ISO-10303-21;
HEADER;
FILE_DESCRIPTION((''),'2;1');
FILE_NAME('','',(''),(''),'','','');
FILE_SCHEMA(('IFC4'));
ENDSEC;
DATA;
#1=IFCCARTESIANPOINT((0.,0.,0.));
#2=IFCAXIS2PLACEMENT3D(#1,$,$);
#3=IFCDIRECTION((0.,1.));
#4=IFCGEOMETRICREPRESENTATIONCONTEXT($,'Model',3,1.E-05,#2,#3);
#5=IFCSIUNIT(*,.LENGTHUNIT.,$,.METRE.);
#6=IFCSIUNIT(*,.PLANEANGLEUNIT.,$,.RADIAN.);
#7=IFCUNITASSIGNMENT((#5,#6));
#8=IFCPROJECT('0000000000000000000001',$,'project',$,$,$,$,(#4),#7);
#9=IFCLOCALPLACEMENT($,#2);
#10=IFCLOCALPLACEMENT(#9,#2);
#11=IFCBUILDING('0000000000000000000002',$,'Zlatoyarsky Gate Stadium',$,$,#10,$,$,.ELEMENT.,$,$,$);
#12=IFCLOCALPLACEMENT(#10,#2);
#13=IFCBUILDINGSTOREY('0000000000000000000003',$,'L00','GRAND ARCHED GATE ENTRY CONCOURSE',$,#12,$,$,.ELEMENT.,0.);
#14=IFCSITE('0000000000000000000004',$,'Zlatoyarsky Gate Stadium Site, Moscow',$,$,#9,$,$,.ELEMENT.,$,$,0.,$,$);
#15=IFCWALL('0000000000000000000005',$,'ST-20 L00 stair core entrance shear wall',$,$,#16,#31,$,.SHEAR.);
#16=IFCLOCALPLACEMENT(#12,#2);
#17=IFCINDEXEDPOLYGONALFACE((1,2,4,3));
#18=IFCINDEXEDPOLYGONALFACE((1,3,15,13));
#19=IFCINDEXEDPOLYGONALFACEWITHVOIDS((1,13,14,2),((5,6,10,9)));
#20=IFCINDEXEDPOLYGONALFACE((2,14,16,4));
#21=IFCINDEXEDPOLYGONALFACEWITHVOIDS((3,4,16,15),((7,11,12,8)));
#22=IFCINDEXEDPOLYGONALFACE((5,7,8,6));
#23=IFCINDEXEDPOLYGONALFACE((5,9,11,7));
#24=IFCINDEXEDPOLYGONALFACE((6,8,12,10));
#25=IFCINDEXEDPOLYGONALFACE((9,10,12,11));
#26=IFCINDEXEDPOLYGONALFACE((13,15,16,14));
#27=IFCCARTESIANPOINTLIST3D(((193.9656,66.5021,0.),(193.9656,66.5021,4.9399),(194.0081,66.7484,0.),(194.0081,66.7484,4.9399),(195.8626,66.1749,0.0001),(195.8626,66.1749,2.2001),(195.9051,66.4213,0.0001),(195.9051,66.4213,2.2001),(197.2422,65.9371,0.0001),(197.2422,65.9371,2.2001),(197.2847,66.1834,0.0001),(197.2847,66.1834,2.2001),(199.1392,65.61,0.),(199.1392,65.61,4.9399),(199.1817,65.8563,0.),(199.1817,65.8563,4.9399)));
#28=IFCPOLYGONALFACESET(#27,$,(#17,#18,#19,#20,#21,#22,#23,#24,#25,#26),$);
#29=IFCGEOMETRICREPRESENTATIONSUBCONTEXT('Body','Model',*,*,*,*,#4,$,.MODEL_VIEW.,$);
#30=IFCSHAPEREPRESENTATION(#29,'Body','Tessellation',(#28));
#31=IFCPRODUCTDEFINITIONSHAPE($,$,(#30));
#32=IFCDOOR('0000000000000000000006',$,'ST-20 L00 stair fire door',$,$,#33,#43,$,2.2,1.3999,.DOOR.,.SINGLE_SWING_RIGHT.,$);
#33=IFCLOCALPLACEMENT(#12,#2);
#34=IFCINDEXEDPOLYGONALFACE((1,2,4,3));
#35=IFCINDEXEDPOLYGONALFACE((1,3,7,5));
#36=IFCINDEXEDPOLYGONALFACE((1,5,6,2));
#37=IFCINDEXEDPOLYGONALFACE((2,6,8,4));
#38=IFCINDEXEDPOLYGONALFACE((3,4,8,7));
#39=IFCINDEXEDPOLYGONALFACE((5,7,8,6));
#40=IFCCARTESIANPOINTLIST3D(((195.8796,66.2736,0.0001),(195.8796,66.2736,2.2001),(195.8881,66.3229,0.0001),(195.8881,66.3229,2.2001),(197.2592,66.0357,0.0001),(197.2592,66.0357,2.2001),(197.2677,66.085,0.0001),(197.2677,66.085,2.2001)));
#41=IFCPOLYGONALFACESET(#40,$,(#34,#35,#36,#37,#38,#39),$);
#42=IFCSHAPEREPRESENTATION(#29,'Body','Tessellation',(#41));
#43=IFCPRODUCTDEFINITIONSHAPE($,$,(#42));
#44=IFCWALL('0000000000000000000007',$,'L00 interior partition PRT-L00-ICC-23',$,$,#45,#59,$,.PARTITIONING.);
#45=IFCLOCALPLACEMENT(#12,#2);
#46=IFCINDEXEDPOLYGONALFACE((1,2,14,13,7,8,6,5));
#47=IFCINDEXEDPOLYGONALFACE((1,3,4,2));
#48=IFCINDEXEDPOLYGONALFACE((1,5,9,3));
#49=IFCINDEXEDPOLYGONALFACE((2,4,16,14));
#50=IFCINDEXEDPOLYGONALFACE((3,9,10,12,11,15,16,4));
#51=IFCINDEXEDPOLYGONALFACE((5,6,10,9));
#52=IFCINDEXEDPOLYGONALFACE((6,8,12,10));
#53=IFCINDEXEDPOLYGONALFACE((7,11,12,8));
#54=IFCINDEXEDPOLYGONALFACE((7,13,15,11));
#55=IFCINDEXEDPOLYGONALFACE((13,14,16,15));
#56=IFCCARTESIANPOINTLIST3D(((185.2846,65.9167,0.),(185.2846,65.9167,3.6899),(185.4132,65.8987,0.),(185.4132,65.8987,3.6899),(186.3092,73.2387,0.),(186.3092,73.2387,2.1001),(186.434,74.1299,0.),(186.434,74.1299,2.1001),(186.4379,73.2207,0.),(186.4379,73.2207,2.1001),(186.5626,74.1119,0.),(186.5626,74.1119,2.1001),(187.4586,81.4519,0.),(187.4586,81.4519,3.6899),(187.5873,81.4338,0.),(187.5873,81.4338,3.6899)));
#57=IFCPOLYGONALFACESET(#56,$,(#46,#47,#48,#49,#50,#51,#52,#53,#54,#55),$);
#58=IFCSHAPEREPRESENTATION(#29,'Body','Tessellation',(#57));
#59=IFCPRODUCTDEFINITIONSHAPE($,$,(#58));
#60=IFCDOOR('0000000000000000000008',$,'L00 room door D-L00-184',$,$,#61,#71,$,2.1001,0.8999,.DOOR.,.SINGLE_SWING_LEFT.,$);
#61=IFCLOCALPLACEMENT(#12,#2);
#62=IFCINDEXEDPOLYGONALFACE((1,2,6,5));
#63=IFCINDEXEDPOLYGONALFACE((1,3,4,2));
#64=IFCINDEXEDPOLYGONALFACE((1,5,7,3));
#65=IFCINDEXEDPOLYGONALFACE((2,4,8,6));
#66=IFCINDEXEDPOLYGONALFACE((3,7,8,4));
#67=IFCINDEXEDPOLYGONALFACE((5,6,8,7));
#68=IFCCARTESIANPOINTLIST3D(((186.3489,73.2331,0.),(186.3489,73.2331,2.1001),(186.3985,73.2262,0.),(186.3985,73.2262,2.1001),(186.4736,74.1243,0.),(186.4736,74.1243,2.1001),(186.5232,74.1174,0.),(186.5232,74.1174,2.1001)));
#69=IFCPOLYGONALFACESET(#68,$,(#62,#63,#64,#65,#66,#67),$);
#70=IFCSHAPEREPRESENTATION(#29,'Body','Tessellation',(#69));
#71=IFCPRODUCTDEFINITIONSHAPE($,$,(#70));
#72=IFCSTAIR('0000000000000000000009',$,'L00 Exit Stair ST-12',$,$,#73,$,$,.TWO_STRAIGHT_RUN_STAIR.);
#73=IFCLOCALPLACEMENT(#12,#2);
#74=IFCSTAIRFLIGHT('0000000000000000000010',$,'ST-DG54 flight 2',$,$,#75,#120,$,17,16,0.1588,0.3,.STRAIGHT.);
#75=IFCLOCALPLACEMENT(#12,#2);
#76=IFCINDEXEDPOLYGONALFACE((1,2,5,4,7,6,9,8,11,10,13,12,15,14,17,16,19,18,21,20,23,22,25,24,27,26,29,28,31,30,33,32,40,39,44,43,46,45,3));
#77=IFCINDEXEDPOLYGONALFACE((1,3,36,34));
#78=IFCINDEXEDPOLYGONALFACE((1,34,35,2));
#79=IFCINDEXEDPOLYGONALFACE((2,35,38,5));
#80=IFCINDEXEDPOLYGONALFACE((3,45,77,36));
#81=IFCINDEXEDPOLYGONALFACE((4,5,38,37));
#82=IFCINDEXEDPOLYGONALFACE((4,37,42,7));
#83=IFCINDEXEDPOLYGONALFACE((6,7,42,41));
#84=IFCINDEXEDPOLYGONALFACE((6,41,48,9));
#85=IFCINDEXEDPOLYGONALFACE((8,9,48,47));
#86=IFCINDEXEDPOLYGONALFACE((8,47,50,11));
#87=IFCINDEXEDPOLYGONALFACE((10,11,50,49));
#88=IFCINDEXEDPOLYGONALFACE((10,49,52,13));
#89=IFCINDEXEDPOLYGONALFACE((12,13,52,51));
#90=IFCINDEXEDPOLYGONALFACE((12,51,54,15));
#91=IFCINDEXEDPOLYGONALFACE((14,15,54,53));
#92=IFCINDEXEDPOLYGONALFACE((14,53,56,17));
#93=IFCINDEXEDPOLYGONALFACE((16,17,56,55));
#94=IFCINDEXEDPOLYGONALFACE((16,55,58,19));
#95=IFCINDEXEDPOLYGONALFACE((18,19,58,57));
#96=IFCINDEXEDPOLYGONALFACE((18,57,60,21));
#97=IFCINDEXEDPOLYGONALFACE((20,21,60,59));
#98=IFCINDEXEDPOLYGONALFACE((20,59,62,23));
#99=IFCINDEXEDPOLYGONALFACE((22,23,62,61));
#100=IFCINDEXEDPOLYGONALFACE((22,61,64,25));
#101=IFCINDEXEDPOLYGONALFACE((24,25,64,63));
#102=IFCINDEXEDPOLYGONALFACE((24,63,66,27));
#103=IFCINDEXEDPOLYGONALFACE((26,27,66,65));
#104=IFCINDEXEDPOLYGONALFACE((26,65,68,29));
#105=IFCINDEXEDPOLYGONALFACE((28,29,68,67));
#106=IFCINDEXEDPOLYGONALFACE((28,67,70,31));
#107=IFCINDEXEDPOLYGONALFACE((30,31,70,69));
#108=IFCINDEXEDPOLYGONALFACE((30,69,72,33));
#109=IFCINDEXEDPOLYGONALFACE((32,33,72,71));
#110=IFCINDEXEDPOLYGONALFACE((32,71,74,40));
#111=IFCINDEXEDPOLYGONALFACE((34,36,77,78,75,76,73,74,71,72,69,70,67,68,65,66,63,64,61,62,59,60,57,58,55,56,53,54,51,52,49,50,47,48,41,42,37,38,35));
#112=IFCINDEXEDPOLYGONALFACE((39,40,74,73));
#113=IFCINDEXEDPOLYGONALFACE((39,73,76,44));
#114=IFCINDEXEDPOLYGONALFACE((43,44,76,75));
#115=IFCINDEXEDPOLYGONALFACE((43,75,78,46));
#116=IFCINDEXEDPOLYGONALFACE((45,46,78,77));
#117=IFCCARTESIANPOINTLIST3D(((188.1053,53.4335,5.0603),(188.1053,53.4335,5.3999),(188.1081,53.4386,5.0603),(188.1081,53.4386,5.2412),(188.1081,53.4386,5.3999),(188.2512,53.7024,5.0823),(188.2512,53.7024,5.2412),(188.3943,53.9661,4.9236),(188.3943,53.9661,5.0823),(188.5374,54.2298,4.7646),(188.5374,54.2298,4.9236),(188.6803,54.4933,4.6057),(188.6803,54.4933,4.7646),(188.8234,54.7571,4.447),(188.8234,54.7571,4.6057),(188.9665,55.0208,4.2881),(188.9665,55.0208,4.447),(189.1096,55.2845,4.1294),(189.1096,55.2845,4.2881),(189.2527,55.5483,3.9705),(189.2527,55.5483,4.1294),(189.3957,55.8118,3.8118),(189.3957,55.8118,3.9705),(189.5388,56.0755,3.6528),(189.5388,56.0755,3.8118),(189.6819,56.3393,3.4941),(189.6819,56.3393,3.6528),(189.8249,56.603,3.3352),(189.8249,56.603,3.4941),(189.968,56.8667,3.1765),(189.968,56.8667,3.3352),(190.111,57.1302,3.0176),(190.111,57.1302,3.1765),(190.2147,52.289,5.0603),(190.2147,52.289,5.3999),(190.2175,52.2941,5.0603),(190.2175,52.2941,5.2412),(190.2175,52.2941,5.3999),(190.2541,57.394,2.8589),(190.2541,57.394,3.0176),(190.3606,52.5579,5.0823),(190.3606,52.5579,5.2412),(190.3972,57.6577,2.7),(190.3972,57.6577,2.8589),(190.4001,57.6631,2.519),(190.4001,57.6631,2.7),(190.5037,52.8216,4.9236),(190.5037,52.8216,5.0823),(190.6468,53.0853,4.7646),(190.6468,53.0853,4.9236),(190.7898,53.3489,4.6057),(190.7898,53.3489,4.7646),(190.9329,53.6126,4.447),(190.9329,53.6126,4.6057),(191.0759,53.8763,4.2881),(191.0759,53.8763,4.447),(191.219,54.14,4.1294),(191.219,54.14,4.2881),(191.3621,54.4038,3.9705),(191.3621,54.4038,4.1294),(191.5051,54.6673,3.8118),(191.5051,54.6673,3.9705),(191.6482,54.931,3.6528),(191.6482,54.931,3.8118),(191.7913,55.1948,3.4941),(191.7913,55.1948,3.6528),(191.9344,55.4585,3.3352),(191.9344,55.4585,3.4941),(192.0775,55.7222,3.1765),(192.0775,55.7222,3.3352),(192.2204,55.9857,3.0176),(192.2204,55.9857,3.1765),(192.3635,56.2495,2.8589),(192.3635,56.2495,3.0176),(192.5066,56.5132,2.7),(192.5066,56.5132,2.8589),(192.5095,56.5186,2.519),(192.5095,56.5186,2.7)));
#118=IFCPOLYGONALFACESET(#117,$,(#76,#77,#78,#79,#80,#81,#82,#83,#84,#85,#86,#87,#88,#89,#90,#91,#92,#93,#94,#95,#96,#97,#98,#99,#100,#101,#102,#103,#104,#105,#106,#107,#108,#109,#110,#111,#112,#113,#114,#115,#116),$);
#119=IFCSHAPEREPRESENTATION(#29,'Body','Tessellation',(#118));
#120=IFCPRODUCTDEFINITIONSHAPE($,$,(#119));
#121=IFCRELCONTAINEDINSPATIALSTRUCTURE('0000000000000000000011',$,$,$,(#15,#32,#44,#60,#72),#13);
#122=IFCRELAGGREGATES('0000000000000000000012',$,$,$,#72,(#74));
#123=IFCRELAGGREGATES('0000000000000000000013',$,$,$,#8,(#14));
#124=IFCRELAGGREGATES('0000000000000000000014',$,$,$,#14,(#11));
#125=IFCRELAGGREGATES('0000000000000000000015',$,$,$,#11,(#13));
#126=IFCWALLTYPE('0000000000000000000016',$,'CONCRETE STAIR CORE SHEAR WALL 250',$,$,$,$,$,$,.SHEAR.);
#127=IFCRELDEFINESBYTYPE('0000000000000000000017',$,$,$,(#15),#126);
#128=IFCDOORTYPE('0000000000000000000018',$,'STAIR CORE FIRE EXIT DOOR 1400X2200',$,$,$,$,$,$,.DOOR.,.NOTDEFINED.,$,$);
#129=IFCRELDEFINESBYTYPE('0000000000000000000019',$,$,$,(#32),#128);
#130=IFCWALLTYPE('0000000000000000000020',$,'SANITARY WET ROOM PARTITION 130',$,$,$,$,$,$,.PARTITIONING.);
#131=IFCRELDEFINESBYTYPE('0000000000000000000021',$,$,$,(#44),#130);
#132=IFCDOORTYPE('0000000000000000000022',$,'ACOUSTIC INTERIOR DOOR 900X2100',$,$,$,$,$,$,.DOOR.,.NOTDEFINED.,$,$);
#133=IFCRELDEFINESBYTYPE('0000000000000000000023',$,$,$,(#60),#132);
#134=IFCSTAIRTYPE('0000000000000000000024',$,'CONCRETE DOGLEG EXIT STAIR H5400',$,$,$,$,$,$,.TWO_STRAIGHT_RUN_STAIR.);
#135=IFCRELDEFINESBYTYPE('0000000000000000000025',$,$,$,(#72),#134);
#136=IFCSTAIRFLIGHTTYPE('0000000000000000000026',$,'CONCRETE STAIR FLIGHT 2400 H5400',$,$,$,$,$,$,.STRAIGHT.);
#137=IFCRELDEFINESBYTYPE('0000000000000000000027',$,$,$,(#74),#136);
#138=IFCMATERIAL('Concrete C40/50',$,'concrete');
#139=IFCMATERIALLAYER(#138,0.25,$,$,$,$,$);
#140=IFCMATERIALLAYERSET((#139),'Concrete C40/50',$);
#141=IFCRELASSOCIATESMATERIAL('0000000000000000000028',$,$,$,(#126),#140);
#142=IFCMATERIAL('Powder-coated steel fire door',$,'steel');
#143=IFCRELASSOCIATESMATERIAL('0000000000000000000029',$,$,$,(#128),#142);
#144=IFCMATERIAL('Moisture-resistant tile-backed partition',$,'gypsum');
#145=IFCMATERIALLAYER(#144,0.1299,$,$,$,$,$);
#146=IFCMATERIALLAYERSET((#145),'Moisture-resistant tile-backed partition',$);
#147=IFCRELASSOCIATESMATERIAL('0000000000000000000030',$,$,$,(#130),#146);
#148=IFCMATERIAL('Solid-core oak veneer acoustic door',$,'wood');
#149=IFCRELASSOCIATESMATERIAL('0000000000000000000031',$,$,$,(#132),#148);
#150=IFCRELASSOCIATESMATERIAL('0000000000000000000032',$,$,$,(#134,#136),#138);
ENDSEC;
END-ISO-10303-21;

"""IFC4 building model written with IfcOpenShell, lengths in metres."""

from ifc_helpers import new_model, si_unit, direction, frame, frame_2d, origin, place, context, subcontext, project, spatial, polyline, rectangle, outline, extrude, material, layer, layer_set, type_object, element, fill, aggregate, save


model = new_model("IFC4")

# Units and contexts
model_context = context("Model", 3, precision=1e-05, world=origin(), true_north=direction((0.0, 1.0)))
body_context = subcontext(model_context, "Body", "Model", "MODEL_VIEW")
ifc_project = project(units=[si_unit("LENGTHUNIT", "METRE"), si_unit("PLANEANGLEUNIT", "RADIAN")], contexts=[model_context])

# Site, building, storey
site_placement = place(None, origin())
site = spatial("IfcSite", under=ifc_project, at=site_placement, Name="Zlatoyarsky Gate Stadium Site, Moscow", CompositionType="ELEMENT", RefElevation=0.0)
building_placement = place(site_placement, origin())
building = spatial("IfcBuilding", under=site, at=building_placement, Name="Zlatoyarsky Gate Stadium", CompositionType="ELEMENT")
storey_placement = place(building_placement, origin())
storey = spatial("IfcBuildingStorey", under=building, at=storey_placement, Name="L00", Description="GRAND ARCHED GATE ENTRY CONCOURSE", CompositionType="ELEMENT", Elevation=0.0)

# Shared definitions
ifc_material_1 = material(Name="Concrete C40/50", Category="concrete")

# Shared definitions
ifc_layer_1 = layer(ifc_material_1, 0.25)
ifc_layer_set_1 = layer_set([ifc_layer_1], Name="Concrete C40/50")
wall_type_1 = type_object("IfcWallType", Name="CONCRETE STAIR CORE SHEAR WALL 250", PredefinedType="SHEAR", material=ifc_layer_set_1)

# Walls, openings, doors
wall_1_placement = place(storey_placement, frame((193.9868, 66.6252, 0.0), z_axis=(0.0, 0.0, 1.0), x_axis=(0.985457, -0.169924, 0.0)))
wall_1 = element("IfcWall", 1, at=wall_1_placement, inside=storey, type_object=wall_type_1, Name="ST-20 L00 stair core entrance shear wall", PredefinedType="SHEAR", context=body_context, shape_type="SweptSolid", body=[
    extrude(rectangle(XDim=5.25, YDim=0.25, at=frame_2d((2.625, 0.0))), origin(), (0.0, 0.0, 1.0), 4.9399),
])
opening_1_placement = place(wall_1_placement, frame((1.925, 0.0, 0.0)))
opening_1 = element("IfcOpeningElement", 2, at=opening_1_placement, cuts=wall_1, PredefinedType="OPENING", context=body_context, shape_type="SweptSolid", body=[
    extrude(rectangle(XDim=1.3999, YDim=2.2, at=frame_2d((0.7, 1.1001))), frame((0.0, 0.135, 0.0), z_axis=(0.0, -1.0, 0.0), x_axis=(1.0, 0.0, 0.0)), (0.0, 0.0, 1.0), 0.27),
])
ifc_material_2 = material(Name="Powder-coated steel fire door", Category="steel")
door_type_1 = type_object("IfcDoorType", Name="STAIR CORE FIRE EXIT DOOR 1400X2200", OperationType="NOTDEFINED", PredefinedType="DOOR", material=ifc_material_2)
door_1_placement = place(opening_1_placement, frame((1.3999, 0.0, 0.0), z_axis=(0.0, 0.0, 1.0), x_axis=(-1.0, 0.0, 0.0)))
door_1 = element("IfcDoor", 3, at=door_1_placement, inside=storey, type_object=door_type_1, Name="ST-20 L00 stair fire door", OperationType="SINGLE_SWING_RIGHT", OverallHeight=2.2, OverallWidth=1.3999, PredefinedType="DOOR", context=body_context, shape_type="SweptSolid", body=[
    extrude(rectangle(XDim=1.3999, YDim=2.2, at=frame_2d((0.7, 1.1001))), frame((0.0, 0.0249, 0.0), z_axis=(0.0, -1.0, 0.0), x_axis=(1.0, 0.0, 0.0)), (0.0, 0.0, 1.0), 0.05),
])
fill(opening_1, door_1)
ifc_material_3 = material(Name="Moisture-resistant tile-backed partition", Category="gypsum")
ifc_layer_2 = layer(ifc_material_3, 0.1299)
ifc_layer_set_2 = layer_set([ifc_layer_2], Name="Moisture-resistant tile-backed partition")
wall_type_2 = type_object("IfcWallType", Name="SANITARY WET ROOM PARTITION 130", PredefinedType="PARTITIONING", material=ifc_layer_set_2)
wall_2_placement = place(storey_placement, frame((185.3489, 65.9077, 0.0), z_axis=(0.0, 0.0, 1.0), x_axis=(0.138595, 0.990349, 0.0)))
wall_2 = element("IfcWall", 4, at=wall_2_placement, inside=storey, type_object=wall_type_2, Name="L00 interior partition PRT-L00-ICC-23", PredefinedType="PARTITIONING", context=body_context, shape_type="SweptSolid", body=[
    extrude(rectangle(XDim=15.6865, YDim=0.1299, at=frame_2d((7.8433, 0.0))), origin(), (0.0, 0.0, 1.0), 3.6899),
])
opening_2_placement = place(wall_2_placement, frame((7.3933, 0.0, 0.0)))
opening_2 = element("IfcOpeningElement", 5, at=opening_2_placement, cuts=wall_2, PredefinedType="OPENING", context=body_context, shape_type="SweptSolid", body=[
    extrude(rectangle(XDim=0.8999, YDim=2.1001, at=frame_2d((0.45, 1.05))), frame((0.0, 0.075, 0.0), z_axis=(0.0, -1.0, 0.0), x_axis=(1.0, 0.0, 0.0)), (0.0, 0.0, 1.0), 0.1499),
])
ifc_material_4 = material(Name="Solid-core oak veneer acoustic door", Category="wood")
door_type_2 = type_object("IfcDoorType", Name="ACOUSTIC INTERIOR DOOR 900X2100", OperationType="NOTDEFINED", PredefinedType="DOOR", material=ifc_material_4)
door_2_placement = place(opening_2_placement, origin())
door_2 = element("IfcDoor", 6, at=door_2_placement, inside=storey, type_object=door_type_2, Name="L00 room door D-L00-184", OperationType="SINGLE_SWING_LEFT", OverallHeight=2.1001, OverallWidth=0.8999, PredefinedType="DOOR", context=body_context, shape_type="SweptSolid", body=[
    extrude(rectangle(XDim=0.8999, YDim=2.1001, at=frame_2d((0.45, 1.05))), frame((0.0, 0.0249, 0.0), z_axis=(0.0, -1.0, 0.0), x_axis=(1.0, 0.0, 0.0)), (0.0, 0.0, 1.0), 0.05),
])
fill(opening_2, door_2)

# Stair, stair flight
stair_type = type_object("IfcStairType", Name="CONCRETE DOGLEG EXIT STAIR H5400", PredefinedType="TWO_STRAIGHT_RUN_STAIR", material=ifc_material_1)
stair_placement = place(storey_placement, origin())
stair = element("IfcStair", 7, at=stair_placement, inside=storey, type_object=stair_type, Name="L00 Exit Stair ST-12", PredefinedType="TWO_STRAIGHT_RUN_STAIR")
stair_flight_type = type_object("IfcStairFlightType", Name="CONCRETE STAIR FLIGHT 2400 H5400", PredefinedType="STRAIGHT", material=ifc_material_1)
stair_flight_placement = place(storey_placement, frame((191.4519, 57.0854, 2.7), z_axis=(0.0, 0.0, 1.0), x_axis=(-0.47689, -0.878963, 0.0)))
stair_flight = element("IfcStairFlight", 8, at=stair_flight_placement, type_object=stair_flight_type, Name="ST-DG54 flight 2", NumberOfRisers=17, NumberOfTreads=16, PredefinedType="STRAIGHT", RiserHeight=0.1588, TreadLength=0.3, context=body_context, shape_type="SweptSolid", body=[
    extrude(outline(polyline([(-0.0061, -0.1809), (-0.0061, 0.0), (0.0, 0.0), (0.0, 0.1589), (0.3, 0.1589), (0.3, 0.3176), (0.6001, 0.3176), (0.6001, 0.4766), (0.8999, 0.4766), (0.8999, 0.6353), (1.2, 0.6353), (1.2, 0.7942), (1.5, 0.7942), (1.5, 0.9529), (1.8, 0.9529), (1.8, 1.1118), (2.1001, 1.1118), (2.1001, 1.2705), (2.3999, 1.2705), (2.3999, 1.4294), (2.7, 1.4294), (2.7, 1.5881), (3.0, 1.5881), (3.0, 1.7471), (3.3, 1.7471), (3.3, 1.9058), (3.6001, 1.9058), (3.6001, 2.0647), (3.8999, 2.0647), (3.8999, 2.2236), (4.2, 2.2236), (4.2, 2.3823), (4.5, 2.3823), (4.5, 2.5413), (4.8, 2.5413), (4.8, 2.7), (4.8059, 2.7), (4.8059, 2.3604), (4.8, 2.3604), (-0.0061, -0.1809)])), frame((0.0, 1.2, 0.0), z_axis=(0.0, -1.0, 0.0), x_axis=(1.0, 0.0, 0.0)), (0.0, 0.0, 1.0), 2.3999),
])
aggregate(stair, [stair_flight])

save(model, "model.ifc")
